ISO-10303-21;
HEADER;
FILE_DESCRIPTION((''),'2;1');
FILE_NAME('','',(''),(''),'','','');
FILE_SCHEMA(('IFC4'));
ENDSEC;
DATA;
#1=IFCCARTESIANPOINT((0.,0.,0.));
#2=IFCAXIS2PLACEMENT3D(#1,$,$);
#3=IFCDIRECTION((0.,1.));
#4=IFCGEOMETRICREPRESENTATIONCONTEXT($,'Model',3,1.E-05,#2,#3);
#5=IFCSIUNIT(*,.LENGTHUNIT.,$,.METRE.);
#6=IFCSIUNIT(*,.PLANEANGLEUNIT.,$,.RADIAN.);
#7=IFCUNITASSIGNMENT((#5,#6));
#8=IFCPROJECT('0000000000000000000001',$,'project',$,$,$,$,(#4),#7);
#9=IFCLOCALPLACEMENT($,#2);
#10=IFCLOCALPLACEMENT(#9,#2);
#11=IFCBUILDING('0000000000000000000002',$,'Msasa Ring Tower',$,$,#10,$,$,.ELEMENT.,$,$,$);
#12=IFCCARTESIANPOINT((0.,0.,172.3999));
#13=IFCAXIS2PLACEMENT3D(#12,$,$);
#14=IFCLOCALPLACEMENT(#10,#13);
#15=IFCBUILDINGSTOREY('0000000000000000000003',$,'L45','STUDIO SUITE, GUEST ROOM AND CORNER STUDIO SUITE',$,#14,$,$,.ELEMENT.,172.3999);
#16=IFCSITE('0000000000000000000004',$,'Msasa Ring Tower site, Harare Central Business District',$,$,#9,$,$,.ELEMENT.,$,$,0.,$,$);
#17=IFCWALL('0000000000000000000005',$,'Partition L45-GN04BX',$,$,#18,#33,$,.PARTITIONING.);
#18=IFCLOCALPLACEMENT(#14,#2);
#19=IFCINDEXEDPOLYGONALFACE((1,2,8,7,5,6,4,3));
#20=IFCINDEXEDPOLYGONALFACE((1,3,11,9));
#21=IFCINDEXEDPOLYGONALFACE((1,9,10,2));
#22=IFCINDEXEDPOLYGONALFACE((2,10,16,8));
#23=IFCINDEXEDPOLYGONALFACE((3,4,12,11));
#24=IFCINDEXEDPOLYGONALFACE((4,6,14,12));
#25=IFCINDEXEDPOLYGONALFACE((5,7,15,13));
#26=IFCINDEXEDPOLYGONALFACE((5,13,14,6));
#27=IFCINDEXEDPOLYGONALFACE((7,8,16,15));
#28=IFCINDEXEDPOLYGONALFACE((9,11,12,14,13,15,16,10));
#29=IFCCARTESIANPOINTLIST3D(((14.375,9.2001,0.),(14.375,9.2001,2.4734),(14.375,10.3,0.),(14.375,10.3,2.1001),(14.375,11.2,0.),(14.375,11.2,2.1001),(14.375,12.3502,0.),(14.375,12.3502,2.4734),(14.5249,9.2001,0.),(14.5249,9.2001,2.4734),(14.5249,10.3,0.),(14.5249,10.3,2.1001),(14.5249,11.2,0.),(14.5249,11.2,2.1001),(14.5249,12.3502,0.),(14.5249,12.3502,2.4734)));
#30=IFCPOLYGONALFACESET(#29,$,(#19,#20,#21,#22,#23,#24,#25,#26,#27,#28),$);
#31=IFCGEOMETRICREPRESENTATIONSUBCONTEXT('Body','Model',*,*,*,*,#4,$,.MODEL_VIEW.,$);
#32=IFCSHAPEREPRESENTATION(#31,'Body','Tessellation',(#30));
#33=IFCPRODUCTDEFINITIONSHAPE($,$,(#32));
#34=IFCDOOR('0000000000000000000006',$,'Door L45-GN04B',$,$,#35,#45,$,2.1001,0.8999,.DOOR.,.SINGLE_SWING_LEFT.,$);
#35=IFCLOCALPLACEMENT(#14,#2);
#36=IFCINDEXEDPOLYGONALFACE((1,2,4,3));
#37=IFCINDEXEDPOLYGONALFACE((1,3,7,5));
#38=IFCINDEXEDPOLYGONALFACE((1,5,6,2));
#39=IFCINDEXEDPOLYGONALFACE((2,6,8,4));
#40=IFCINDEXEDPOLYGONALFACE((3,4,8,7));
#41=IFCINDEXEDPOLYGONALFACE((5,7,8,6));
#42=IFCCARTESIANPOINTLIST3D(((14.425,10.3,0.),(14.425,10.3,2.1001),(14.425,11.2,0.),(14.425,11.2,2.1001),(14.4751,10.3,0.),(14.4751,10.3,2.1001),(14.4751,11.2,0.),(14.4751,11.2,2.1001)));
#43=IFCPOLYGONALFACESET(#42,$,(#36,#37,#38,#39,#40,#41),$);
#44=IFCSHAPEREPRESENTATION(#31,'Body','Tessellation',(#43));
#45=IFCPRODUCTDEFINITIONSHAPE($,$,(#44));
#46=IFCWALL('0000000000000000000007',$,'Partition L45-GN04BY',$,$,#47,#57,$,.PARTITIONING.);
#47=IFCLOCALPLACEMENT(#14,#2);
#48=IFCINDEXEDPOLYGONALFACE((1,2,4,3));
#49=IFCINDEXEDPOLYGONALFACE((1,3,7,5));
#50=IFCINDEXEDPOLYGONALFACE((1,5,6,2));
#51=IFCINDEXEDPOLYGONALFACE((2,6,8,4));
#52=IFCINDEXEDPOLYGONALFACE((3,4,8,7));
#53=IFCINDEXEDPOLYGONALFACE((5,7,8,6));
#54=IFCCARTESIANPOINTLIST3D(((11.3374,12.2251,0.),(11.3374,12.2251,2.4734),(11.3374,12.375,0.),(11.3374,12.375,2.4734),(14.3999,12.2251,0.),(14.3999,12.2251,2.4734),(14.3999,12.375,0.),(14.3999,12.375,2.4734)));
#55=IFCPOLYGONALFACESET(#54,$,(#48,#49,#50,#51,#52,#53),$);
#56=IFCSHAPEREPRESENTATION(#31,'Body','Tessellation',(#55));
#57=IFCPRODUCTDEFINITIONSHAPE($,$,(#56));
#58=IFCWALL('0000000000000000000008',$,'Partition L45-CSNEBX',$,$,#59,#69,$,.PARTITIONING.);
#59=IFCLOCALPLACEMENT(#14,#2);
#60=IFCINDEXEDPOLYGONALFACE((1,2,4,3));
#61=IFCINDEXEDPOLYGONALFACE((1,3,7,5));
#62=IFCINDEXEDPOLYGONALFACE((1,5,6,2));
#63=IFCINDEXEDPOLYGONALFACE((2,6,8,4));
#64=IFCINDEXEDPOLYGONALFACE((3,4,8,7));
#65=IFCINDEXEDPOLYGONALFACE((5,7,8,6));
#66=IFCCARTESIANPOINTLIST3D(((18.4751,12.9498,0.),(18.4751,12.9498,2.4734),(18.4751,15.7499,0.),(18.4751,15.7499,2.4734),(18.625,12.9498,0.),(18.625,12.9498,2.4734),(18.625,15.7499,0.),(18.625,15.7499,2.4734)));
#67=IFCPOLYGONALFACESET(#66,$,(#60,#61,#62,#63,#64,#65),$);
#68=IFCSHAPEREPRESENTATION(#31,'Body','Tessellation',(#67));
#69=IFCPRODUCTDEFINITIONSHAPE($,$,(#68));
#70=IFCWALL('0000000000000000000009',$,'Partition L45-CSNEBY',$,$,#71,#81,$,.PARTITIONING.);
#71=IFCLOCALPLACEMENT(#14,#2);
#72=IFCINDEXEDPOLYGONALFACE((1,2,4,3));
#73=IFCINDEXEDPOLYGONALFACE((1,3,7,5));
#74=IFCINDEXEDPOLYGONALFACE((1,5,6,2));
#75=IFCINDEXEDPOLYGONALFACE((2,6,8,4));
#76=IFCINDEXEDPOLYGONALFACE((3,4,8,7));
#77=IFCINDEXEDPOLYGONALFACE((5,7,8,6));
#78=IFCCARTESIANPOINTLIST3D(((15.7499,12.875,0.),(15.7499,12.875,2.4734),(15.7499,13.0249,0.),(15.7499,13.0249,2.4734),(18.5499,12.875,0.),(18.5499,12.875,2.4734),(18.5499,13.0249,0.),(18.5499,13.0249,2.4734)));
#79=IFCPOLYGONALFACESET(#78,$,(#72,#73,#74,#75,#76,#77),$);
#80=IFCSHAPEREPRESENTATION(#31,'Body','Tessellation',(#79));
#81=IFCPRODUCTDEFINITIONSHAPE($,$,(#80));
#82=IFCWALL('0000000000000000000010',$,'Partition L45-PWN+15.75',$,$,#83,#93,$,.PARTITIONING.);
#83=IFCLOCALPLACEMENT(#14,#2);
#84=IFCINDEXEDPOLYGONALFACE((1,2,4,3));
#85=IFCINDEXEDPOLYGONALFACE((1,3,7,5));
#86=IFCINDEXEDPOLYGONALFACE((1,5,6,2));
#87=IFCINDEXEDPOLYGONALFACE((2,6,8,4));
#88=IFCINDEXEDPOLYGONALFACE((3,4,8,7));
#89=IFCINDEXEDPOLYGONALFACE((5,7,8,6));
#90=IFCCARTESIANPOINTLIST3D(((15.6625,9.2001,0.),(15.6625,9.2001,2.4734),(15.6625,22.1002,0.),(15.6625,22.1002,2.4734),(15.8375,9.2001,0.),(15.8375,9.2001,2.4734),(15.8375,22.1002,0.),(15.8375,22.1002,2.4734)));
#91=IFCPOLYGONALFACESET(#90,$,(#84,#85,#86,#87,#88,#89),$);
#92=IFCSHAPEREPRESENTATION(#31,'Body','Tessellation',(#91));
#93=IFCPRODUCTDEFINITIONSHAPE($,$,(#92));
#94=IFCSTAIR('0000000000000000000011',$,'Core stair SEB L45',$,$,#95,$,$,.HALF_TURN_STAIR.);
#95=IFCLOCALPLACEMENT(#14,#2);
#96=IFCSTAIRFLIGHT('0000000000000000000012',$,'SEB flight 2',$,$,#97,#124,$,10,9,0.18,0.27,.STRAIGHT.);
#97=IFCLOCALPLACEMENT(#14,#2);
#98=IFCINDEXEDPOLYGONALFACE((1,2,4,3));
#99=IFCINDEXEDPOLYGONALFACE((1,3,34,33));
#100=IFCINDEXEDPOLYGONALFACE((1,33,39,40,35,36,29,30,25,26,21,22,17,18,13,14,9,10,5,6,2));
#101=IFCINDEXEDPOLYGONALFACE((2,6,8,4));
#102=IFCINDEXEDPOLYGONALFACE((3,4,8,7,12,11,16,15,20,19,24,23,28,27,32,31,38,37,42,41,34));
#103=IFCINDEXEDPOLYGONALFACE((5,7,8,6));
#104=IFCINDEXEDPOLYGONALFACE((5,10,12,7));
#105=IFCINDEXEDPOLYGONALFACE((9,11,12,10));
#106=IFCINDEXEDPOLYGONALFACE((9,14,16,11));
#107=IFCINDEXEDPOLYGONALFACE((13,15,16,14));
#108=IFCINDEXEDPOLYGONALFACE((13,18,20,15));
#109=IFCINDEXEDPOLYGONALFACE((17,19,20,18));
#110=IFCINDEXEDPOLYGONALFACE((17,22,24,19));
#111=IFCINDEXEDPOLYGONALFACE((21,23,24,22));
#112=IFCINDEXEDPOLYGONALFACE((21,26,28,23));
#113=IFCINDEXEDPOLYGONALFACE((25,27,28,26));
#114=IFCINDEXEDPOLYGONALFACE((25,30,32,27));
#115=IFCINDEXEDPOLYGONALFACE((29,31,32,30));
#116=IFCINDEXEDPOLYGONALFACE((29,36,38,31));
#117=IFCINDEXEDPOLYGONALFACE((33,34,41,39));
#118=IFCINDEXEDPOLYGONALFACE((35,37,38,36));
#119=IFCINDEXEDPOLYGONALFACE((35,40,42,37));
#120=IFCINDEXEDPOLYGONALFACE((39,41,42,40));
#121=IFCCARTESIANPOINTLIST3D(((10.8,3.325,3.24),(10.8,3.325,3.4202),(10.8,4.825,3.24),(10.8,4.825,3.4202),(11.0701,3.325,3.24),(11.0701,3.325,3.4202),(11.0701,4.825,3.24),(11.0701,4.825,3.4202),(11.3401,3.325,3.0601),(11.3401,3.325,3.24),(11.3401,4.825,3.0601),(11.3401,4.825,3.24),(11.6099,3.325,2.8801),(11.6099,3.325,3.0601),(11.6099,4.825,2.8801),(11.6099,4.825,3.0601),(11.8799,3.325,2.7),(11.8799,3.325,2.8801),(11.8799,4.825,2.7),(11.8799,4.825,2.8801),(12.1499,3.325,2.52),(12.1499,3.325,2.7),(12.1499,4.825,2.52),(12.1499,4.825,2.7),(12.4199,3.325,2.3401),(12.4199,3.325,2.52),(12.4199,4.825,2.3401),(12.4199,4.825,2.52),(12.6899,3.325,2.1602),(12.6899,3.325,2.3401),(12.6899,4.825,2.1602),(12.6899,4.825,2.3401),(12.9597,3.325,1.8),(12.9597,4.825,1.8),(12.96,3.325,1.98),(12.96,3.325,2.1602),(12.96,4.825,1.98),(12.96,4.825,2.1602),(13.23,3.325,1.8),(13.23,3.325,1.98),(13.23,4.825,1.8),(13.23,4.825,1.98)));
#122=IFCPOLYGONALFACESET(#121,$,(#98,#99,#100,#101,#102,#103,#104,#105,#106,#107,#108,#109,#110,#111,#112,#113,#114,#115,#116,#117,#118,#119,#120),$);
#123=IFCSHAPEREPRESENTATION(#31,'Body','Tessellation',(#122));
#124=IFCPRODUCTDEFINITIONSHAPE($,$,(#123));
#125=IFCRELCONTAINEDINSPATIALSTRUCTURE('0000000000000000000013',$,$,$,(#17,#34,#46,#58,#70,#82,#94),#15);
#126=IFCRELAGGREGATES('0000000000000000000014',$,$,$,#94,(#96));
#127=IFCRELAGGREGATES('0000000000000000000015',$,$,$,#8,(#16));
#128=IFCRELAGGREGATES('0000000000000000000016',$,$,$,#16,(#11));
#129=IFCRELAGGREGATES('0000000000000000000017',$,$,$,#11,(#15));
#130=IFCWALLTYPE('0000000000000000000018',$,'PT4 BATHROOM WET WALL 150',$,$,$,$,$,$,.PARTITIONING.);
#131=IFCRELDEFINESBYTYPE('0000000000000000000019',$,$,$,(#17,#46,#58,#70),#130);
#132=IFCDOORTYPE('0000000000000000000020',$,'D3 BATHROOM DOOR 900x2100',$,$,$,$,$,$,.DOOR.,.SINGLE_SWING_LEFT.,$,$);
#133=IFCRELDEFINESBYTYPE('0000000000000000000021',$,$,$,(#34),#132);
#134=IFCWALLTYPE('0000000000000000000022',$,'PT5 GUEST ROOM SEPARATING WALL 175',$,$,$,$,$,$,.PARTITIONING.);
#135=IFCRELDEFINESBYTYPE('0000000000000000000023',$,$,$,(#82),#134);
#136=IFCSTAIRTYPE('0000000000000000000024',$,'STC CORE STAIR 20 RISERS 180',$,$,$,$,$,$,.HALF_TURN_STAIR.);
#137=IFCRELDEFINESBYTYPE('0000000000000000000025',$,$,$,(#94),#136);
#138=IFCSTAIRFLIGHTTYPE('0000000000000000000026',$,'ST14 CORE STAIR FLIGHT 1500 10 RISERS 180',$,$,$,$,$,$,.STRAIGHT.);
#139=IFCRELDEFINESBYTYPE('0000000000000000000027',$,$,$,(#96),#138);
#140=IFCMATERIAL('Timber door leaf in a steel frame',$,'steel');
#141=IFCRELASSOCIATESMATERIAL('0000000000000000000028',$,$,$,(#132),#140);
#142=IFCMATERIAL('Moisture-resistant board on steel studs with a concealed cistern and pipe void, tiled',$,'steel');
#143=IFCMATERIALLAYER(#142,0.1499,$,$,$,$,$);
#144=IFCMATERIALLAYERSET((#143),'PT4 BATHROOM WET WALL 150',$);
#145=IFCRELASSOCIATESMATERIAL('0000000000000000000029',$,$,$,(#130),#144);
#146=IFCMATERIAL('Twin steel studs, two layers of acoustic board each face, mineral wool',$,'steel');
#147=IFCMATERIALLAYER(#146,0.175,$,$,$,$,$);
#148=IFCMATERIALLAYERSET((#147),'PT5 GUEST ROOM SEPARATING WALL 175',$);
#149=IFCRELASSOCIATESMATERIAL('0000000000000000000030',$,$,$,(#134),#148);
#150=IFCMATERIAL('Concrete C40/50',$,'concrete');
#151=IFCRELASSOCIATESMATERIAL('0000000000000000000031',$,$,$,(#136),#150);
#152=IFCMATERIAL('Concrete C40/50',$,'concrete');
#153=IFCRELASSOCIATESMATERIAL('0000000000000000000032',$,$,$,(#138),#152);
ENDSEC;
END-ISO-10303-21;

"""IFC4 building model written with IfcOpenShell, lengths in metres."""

from ifc_helpers import new_model, si_unit, direction, frame, frame_2d, origin, place, context, subcontext, project, spatial, polyline, rectangle, outline, extrude, material, layer, layer_set, type_object, element, fill, aggregate, save


model = new_model("IFC4")

# Units and contexts
model_context = context("Model", 3, precision=1e-05, world=origin(), true_north=direction((0.0, 1.0)))
body_context = subcontext(model_context, "Body", "Model", "MODEL_VIEW")
ifc_project = project(units=[si_unit("LENGTHUNIT", "METRE"), si_unit("PLANEANGLEUNIT", "RADIAN")], contexts=[model_context])

# Site, building, storey
site_placement = place(None, origin())
site = spatial("IfcSite", under=ifc_project, at=site_placement, Name="Msasa Ring Tower site, Harare Central Business District", CompositionType="ELEMENT", RefElevation=0.0)
building_placement = place(site_placement, origin())
building = spatial("IfcBuilding", under=site, at=building_placement, Name="Msasa Ring Tower", CompositionType="ELEMENT")
storey_placement = place(building_placement, frame((0.0, 0.0, 172.3999)))
storey = spatial("IfcBuildingStorey", under=building, at=storey_placement, Name="L45", Description="STUDIO SUITE, GUEST ROOM AND CORNER STUDIO SUITE", CompositionType="ELEMENT", Elevation=172.3999)

# Shared definitions
ifc_material_1 = material(Name="Timber door leaf in a steel frame", Category="steel")
door_type_1 = type_object("IfcDoorType", Name="D3 BATHROOM DOOR 900x2100", OperationType="SINGLE_SWING_LEFT", PredefinedType="DOOR", material=ifc_material_1)

# Wall, opening, door
ifc_material_2 = material(Name="Moisture-resistant board on steel studs with a concealed cistern and pipe void, tiled", Category="steel")
ifc_layer_1 = layer(ifc_material_2, 0.1499)
ifc_layer_set_1 = layer_set([ifc_layer_1], Name="PT4 BATHROOM WET WALL 150")
wall_type_1 = type_object("IfcWallType", Name="PT4 BATHROOM WET WALL 150", PredefinedType="PARTITIONING", material=ifc_layer_set_1)
wall_1_placement = place(storey_placement, frame((14.45, 9.2, 0.0), z_axis=(0.0, 0.0, 1.0), x_axis=(0.0, 1.0, 0.0)))
wall_1 = element("IfcWall", 1, at=wall_1_placement, inside=storey, type_object=wall_type_1, Name="Partition L45-GN04BX", PredefinedType="PARTITIONING", context=body_context, shape_type="SweptSolid", body=[
    extrude(rectangle(XDim=3.1501, YDim=0.1499, at=frame_2d((1.5752, 0.0))), origin(), (0.0, 0.0, 1.0), 2.4734),
])
opening_1_placement = place(wall_1_placement, frame((1.1001, 0.0, 0.0)))
opening_1 = element("IfcOpeningElement", 2, at=opening_1_placement, cuts=wall_1, PredefinedType="OPENING", context=body_context, shape_type="SweptSolid", body=[
    extrude(rectangle(XDim=0.8999, YDim=2.1001, at=frame_2d((0.45, 1.05))), frame((0.0, 0.085, 0.0), z_axis=(0.0, -1.0, 0.0), x_axis=(1.0, 0.0, 0.0)), (0.0, 0.0, 1.0), 0.1699),
])
door_1_placement = place(opening_1_placement, origin())
door_1 = element("IfcDoor", 3, at=door_1_placement, inside=storey, type_object=door_type_1, Name="Door L45-GN04B", OperationType="SINGLE_SWING_LEFT", OverallHeight=2.1001, OverallWidth=0.8999, PredefinedType="DOOR", context=body_context, shape_type="SweptSolid", body=[
    extrude(rectangle(XDim=0.8999, YDim=2.1001, at=frame_2d((0.45, 1.05))), frame((0.0, 0.0249, 0.0), z_axis=(0.0, -1.0, 0.0), x_axis=(1.0, 0.0, 0.0)), (0.0, 0.0, 1.0), 0.05),
])
fill(opening_1, door_1)

# Walls
wall_2_placement = place(storey_placement, frame((11.3374, 12.3, 0.0), z_axis=(0.0, 0.0, 1.0), x_axis=(1.0, 0.0, 0.0)))
element("IfcWall", 4, at=wall_2_placement, inside=storey, type_object=wall_type_1, Name="Partition L45-GN04BY", PredefinedType="PARTITIONING", context=body_context, shape_type="SweptSolid", body=[
    extrude(rectangle(XDim=3.0625, YDim=0.1499, at=frame_2d((1.5312, 0.0))), origin(), (0.0, 0.0, 1.0), 2.4734),
])
for number, where, z_axis, x_axis, name in (
    (5, (18.55, 12.95, 0.0), (0.0, 0.0, 1.0), (0.0, 1.0, 0.0), "Partition L45-CSNEBX"),
    (6, (15.75, 12.95, 0.0), (0.0, 0.0, 1.0), (1.0, 0.0, 0.0), "Partition L45-CSNEBY"),
):
    element("IfcWall", number, at=place(storey_placement, frame(where, z_axis=z_axis, x_axis=x_axis)), inside=storey, type_object=wall_type_1, Name=name, PredefinedType="PARTITIONING", context=body_context, shape_type="SweptSolid", body=[
        extrude(rectangle(XDim=2.8, YDim=0.1499, at=frame_2d((1.3999, 0.0))), origin(), (0.0, 0.0, 1.0), 2.4734),
    ])
ifc_material_3 = material(Name="Twin steel studs, two layers of acoustic board each face, mineral wool", Category="steel")
ifc_layer_2 = layer(ifc_material_3, 0.175)
ifc_layer_set_2 = layer_set([ifc_layer_2], Name="PT5 GUEST ROOM SEPARATING WALL 175")
wall_type_2 = type_object("IfcWallType", Name="PT5 GUEST ROOM SEPARATING WALL 175", PredefinedType="PARTITIONING", material=ifc_layer_set_2)
wall_3_placement = place(storey_placement, frame((15.75, 9.2, 0.0), z_axis=(0.0, 0.0, 1.0), x_axis=(0.0, 1.0, 0.0)))
element("IfcWall", 7, at=wall_3_placement, inside=storey, type_object=wall_type_2, Name="Partition L45-PWN+15.75", PredefinedType="PARTITIONING", context=body_context, shape_type="SweptSolid", body=[
    extrude(rectangle(XDim=12.9001, YDim=0.175, at=frame_2d((6.4502, 0.0))), origin(), (0.0, 0.0, 1.0), 2.4734),
])

# Stair, stair flight
ifc_material_4 = material(Name="Concrete C40/50", Category="concrete")
stair_type = type_object("IfcStairType", Name="STC CORE STAIR 20 RISERS 180", PredefinedType="HALF_TURN_STAIR", material=ifc_material_4)
stair_placement = place(storey_placement, origin())
stair = element("IfcStair", 8, at=stair_placement, inside=storey, type_object=stair_type, Name="Core stair SEB L45", PredefinedType="HALF_TURN_STAIR")
ifc_material_5 = material(Name="Concrete C40/50", Category="concrete")
stair_flight_type = type_object("IfcStairFlightType", Name="ST14 CORE STAIR FLIGHT 1500 10 RISERS 180", PredefinedType="STRAIGHT", material=ifc_material_5)
stair_flight_placement = place(storey_placement, frame((13.23, 4.075, 1.8), z_axis=(0.0, 0.0, 1.0), x_axis=(-1.0, 0.0, 0.0)))
stair_flight = element("IfcStairFlight", 9, at=stair_flight_placement, type_object=stair_flight_type, Name="SEB flight 2", NumberOfRisers=10, NumberOfTreads=9, PredefinedType="STRAIGHT", RiserHeight=0.18, TreadLength=0.27, context=body_context, shape_type="SweptSolid", body=[
    extrude(outline(polyline([(0.0, 0.0), (0.0, 0.1799), (0.27, 0.1799), (0.27, 0.3601), (0.54, 0.3601), (0.54, 0.54), (0.8101, 0.54), (0.8101, 0.72), (1.0801, 0.72), (1.0801, 0.8999), (1.3501, 0.8999), (1.3501, 1.0801), (1.6201, 1.0801), (1.6201, 1.26), (1.8899, 1.26), (1.8899, 1.4399), (2.1599, 1.4399), (2.1599, 1.6201), (2.4299, 1.6201), (2.4299, 1.8), (2.4299, 1.4399), (0.2703, 0.0), (0.0, 0.0)])), frame((0.0, 0.75, 0.0), z_axis=(0.0, -1.0, 0.0), x_axis=(1.0, 0.0, 0.0)), (0.0, 0.0, 1.0), 1.5),
])
aggregate(stair, [stair_flight])

save(model, "model.ifc")
